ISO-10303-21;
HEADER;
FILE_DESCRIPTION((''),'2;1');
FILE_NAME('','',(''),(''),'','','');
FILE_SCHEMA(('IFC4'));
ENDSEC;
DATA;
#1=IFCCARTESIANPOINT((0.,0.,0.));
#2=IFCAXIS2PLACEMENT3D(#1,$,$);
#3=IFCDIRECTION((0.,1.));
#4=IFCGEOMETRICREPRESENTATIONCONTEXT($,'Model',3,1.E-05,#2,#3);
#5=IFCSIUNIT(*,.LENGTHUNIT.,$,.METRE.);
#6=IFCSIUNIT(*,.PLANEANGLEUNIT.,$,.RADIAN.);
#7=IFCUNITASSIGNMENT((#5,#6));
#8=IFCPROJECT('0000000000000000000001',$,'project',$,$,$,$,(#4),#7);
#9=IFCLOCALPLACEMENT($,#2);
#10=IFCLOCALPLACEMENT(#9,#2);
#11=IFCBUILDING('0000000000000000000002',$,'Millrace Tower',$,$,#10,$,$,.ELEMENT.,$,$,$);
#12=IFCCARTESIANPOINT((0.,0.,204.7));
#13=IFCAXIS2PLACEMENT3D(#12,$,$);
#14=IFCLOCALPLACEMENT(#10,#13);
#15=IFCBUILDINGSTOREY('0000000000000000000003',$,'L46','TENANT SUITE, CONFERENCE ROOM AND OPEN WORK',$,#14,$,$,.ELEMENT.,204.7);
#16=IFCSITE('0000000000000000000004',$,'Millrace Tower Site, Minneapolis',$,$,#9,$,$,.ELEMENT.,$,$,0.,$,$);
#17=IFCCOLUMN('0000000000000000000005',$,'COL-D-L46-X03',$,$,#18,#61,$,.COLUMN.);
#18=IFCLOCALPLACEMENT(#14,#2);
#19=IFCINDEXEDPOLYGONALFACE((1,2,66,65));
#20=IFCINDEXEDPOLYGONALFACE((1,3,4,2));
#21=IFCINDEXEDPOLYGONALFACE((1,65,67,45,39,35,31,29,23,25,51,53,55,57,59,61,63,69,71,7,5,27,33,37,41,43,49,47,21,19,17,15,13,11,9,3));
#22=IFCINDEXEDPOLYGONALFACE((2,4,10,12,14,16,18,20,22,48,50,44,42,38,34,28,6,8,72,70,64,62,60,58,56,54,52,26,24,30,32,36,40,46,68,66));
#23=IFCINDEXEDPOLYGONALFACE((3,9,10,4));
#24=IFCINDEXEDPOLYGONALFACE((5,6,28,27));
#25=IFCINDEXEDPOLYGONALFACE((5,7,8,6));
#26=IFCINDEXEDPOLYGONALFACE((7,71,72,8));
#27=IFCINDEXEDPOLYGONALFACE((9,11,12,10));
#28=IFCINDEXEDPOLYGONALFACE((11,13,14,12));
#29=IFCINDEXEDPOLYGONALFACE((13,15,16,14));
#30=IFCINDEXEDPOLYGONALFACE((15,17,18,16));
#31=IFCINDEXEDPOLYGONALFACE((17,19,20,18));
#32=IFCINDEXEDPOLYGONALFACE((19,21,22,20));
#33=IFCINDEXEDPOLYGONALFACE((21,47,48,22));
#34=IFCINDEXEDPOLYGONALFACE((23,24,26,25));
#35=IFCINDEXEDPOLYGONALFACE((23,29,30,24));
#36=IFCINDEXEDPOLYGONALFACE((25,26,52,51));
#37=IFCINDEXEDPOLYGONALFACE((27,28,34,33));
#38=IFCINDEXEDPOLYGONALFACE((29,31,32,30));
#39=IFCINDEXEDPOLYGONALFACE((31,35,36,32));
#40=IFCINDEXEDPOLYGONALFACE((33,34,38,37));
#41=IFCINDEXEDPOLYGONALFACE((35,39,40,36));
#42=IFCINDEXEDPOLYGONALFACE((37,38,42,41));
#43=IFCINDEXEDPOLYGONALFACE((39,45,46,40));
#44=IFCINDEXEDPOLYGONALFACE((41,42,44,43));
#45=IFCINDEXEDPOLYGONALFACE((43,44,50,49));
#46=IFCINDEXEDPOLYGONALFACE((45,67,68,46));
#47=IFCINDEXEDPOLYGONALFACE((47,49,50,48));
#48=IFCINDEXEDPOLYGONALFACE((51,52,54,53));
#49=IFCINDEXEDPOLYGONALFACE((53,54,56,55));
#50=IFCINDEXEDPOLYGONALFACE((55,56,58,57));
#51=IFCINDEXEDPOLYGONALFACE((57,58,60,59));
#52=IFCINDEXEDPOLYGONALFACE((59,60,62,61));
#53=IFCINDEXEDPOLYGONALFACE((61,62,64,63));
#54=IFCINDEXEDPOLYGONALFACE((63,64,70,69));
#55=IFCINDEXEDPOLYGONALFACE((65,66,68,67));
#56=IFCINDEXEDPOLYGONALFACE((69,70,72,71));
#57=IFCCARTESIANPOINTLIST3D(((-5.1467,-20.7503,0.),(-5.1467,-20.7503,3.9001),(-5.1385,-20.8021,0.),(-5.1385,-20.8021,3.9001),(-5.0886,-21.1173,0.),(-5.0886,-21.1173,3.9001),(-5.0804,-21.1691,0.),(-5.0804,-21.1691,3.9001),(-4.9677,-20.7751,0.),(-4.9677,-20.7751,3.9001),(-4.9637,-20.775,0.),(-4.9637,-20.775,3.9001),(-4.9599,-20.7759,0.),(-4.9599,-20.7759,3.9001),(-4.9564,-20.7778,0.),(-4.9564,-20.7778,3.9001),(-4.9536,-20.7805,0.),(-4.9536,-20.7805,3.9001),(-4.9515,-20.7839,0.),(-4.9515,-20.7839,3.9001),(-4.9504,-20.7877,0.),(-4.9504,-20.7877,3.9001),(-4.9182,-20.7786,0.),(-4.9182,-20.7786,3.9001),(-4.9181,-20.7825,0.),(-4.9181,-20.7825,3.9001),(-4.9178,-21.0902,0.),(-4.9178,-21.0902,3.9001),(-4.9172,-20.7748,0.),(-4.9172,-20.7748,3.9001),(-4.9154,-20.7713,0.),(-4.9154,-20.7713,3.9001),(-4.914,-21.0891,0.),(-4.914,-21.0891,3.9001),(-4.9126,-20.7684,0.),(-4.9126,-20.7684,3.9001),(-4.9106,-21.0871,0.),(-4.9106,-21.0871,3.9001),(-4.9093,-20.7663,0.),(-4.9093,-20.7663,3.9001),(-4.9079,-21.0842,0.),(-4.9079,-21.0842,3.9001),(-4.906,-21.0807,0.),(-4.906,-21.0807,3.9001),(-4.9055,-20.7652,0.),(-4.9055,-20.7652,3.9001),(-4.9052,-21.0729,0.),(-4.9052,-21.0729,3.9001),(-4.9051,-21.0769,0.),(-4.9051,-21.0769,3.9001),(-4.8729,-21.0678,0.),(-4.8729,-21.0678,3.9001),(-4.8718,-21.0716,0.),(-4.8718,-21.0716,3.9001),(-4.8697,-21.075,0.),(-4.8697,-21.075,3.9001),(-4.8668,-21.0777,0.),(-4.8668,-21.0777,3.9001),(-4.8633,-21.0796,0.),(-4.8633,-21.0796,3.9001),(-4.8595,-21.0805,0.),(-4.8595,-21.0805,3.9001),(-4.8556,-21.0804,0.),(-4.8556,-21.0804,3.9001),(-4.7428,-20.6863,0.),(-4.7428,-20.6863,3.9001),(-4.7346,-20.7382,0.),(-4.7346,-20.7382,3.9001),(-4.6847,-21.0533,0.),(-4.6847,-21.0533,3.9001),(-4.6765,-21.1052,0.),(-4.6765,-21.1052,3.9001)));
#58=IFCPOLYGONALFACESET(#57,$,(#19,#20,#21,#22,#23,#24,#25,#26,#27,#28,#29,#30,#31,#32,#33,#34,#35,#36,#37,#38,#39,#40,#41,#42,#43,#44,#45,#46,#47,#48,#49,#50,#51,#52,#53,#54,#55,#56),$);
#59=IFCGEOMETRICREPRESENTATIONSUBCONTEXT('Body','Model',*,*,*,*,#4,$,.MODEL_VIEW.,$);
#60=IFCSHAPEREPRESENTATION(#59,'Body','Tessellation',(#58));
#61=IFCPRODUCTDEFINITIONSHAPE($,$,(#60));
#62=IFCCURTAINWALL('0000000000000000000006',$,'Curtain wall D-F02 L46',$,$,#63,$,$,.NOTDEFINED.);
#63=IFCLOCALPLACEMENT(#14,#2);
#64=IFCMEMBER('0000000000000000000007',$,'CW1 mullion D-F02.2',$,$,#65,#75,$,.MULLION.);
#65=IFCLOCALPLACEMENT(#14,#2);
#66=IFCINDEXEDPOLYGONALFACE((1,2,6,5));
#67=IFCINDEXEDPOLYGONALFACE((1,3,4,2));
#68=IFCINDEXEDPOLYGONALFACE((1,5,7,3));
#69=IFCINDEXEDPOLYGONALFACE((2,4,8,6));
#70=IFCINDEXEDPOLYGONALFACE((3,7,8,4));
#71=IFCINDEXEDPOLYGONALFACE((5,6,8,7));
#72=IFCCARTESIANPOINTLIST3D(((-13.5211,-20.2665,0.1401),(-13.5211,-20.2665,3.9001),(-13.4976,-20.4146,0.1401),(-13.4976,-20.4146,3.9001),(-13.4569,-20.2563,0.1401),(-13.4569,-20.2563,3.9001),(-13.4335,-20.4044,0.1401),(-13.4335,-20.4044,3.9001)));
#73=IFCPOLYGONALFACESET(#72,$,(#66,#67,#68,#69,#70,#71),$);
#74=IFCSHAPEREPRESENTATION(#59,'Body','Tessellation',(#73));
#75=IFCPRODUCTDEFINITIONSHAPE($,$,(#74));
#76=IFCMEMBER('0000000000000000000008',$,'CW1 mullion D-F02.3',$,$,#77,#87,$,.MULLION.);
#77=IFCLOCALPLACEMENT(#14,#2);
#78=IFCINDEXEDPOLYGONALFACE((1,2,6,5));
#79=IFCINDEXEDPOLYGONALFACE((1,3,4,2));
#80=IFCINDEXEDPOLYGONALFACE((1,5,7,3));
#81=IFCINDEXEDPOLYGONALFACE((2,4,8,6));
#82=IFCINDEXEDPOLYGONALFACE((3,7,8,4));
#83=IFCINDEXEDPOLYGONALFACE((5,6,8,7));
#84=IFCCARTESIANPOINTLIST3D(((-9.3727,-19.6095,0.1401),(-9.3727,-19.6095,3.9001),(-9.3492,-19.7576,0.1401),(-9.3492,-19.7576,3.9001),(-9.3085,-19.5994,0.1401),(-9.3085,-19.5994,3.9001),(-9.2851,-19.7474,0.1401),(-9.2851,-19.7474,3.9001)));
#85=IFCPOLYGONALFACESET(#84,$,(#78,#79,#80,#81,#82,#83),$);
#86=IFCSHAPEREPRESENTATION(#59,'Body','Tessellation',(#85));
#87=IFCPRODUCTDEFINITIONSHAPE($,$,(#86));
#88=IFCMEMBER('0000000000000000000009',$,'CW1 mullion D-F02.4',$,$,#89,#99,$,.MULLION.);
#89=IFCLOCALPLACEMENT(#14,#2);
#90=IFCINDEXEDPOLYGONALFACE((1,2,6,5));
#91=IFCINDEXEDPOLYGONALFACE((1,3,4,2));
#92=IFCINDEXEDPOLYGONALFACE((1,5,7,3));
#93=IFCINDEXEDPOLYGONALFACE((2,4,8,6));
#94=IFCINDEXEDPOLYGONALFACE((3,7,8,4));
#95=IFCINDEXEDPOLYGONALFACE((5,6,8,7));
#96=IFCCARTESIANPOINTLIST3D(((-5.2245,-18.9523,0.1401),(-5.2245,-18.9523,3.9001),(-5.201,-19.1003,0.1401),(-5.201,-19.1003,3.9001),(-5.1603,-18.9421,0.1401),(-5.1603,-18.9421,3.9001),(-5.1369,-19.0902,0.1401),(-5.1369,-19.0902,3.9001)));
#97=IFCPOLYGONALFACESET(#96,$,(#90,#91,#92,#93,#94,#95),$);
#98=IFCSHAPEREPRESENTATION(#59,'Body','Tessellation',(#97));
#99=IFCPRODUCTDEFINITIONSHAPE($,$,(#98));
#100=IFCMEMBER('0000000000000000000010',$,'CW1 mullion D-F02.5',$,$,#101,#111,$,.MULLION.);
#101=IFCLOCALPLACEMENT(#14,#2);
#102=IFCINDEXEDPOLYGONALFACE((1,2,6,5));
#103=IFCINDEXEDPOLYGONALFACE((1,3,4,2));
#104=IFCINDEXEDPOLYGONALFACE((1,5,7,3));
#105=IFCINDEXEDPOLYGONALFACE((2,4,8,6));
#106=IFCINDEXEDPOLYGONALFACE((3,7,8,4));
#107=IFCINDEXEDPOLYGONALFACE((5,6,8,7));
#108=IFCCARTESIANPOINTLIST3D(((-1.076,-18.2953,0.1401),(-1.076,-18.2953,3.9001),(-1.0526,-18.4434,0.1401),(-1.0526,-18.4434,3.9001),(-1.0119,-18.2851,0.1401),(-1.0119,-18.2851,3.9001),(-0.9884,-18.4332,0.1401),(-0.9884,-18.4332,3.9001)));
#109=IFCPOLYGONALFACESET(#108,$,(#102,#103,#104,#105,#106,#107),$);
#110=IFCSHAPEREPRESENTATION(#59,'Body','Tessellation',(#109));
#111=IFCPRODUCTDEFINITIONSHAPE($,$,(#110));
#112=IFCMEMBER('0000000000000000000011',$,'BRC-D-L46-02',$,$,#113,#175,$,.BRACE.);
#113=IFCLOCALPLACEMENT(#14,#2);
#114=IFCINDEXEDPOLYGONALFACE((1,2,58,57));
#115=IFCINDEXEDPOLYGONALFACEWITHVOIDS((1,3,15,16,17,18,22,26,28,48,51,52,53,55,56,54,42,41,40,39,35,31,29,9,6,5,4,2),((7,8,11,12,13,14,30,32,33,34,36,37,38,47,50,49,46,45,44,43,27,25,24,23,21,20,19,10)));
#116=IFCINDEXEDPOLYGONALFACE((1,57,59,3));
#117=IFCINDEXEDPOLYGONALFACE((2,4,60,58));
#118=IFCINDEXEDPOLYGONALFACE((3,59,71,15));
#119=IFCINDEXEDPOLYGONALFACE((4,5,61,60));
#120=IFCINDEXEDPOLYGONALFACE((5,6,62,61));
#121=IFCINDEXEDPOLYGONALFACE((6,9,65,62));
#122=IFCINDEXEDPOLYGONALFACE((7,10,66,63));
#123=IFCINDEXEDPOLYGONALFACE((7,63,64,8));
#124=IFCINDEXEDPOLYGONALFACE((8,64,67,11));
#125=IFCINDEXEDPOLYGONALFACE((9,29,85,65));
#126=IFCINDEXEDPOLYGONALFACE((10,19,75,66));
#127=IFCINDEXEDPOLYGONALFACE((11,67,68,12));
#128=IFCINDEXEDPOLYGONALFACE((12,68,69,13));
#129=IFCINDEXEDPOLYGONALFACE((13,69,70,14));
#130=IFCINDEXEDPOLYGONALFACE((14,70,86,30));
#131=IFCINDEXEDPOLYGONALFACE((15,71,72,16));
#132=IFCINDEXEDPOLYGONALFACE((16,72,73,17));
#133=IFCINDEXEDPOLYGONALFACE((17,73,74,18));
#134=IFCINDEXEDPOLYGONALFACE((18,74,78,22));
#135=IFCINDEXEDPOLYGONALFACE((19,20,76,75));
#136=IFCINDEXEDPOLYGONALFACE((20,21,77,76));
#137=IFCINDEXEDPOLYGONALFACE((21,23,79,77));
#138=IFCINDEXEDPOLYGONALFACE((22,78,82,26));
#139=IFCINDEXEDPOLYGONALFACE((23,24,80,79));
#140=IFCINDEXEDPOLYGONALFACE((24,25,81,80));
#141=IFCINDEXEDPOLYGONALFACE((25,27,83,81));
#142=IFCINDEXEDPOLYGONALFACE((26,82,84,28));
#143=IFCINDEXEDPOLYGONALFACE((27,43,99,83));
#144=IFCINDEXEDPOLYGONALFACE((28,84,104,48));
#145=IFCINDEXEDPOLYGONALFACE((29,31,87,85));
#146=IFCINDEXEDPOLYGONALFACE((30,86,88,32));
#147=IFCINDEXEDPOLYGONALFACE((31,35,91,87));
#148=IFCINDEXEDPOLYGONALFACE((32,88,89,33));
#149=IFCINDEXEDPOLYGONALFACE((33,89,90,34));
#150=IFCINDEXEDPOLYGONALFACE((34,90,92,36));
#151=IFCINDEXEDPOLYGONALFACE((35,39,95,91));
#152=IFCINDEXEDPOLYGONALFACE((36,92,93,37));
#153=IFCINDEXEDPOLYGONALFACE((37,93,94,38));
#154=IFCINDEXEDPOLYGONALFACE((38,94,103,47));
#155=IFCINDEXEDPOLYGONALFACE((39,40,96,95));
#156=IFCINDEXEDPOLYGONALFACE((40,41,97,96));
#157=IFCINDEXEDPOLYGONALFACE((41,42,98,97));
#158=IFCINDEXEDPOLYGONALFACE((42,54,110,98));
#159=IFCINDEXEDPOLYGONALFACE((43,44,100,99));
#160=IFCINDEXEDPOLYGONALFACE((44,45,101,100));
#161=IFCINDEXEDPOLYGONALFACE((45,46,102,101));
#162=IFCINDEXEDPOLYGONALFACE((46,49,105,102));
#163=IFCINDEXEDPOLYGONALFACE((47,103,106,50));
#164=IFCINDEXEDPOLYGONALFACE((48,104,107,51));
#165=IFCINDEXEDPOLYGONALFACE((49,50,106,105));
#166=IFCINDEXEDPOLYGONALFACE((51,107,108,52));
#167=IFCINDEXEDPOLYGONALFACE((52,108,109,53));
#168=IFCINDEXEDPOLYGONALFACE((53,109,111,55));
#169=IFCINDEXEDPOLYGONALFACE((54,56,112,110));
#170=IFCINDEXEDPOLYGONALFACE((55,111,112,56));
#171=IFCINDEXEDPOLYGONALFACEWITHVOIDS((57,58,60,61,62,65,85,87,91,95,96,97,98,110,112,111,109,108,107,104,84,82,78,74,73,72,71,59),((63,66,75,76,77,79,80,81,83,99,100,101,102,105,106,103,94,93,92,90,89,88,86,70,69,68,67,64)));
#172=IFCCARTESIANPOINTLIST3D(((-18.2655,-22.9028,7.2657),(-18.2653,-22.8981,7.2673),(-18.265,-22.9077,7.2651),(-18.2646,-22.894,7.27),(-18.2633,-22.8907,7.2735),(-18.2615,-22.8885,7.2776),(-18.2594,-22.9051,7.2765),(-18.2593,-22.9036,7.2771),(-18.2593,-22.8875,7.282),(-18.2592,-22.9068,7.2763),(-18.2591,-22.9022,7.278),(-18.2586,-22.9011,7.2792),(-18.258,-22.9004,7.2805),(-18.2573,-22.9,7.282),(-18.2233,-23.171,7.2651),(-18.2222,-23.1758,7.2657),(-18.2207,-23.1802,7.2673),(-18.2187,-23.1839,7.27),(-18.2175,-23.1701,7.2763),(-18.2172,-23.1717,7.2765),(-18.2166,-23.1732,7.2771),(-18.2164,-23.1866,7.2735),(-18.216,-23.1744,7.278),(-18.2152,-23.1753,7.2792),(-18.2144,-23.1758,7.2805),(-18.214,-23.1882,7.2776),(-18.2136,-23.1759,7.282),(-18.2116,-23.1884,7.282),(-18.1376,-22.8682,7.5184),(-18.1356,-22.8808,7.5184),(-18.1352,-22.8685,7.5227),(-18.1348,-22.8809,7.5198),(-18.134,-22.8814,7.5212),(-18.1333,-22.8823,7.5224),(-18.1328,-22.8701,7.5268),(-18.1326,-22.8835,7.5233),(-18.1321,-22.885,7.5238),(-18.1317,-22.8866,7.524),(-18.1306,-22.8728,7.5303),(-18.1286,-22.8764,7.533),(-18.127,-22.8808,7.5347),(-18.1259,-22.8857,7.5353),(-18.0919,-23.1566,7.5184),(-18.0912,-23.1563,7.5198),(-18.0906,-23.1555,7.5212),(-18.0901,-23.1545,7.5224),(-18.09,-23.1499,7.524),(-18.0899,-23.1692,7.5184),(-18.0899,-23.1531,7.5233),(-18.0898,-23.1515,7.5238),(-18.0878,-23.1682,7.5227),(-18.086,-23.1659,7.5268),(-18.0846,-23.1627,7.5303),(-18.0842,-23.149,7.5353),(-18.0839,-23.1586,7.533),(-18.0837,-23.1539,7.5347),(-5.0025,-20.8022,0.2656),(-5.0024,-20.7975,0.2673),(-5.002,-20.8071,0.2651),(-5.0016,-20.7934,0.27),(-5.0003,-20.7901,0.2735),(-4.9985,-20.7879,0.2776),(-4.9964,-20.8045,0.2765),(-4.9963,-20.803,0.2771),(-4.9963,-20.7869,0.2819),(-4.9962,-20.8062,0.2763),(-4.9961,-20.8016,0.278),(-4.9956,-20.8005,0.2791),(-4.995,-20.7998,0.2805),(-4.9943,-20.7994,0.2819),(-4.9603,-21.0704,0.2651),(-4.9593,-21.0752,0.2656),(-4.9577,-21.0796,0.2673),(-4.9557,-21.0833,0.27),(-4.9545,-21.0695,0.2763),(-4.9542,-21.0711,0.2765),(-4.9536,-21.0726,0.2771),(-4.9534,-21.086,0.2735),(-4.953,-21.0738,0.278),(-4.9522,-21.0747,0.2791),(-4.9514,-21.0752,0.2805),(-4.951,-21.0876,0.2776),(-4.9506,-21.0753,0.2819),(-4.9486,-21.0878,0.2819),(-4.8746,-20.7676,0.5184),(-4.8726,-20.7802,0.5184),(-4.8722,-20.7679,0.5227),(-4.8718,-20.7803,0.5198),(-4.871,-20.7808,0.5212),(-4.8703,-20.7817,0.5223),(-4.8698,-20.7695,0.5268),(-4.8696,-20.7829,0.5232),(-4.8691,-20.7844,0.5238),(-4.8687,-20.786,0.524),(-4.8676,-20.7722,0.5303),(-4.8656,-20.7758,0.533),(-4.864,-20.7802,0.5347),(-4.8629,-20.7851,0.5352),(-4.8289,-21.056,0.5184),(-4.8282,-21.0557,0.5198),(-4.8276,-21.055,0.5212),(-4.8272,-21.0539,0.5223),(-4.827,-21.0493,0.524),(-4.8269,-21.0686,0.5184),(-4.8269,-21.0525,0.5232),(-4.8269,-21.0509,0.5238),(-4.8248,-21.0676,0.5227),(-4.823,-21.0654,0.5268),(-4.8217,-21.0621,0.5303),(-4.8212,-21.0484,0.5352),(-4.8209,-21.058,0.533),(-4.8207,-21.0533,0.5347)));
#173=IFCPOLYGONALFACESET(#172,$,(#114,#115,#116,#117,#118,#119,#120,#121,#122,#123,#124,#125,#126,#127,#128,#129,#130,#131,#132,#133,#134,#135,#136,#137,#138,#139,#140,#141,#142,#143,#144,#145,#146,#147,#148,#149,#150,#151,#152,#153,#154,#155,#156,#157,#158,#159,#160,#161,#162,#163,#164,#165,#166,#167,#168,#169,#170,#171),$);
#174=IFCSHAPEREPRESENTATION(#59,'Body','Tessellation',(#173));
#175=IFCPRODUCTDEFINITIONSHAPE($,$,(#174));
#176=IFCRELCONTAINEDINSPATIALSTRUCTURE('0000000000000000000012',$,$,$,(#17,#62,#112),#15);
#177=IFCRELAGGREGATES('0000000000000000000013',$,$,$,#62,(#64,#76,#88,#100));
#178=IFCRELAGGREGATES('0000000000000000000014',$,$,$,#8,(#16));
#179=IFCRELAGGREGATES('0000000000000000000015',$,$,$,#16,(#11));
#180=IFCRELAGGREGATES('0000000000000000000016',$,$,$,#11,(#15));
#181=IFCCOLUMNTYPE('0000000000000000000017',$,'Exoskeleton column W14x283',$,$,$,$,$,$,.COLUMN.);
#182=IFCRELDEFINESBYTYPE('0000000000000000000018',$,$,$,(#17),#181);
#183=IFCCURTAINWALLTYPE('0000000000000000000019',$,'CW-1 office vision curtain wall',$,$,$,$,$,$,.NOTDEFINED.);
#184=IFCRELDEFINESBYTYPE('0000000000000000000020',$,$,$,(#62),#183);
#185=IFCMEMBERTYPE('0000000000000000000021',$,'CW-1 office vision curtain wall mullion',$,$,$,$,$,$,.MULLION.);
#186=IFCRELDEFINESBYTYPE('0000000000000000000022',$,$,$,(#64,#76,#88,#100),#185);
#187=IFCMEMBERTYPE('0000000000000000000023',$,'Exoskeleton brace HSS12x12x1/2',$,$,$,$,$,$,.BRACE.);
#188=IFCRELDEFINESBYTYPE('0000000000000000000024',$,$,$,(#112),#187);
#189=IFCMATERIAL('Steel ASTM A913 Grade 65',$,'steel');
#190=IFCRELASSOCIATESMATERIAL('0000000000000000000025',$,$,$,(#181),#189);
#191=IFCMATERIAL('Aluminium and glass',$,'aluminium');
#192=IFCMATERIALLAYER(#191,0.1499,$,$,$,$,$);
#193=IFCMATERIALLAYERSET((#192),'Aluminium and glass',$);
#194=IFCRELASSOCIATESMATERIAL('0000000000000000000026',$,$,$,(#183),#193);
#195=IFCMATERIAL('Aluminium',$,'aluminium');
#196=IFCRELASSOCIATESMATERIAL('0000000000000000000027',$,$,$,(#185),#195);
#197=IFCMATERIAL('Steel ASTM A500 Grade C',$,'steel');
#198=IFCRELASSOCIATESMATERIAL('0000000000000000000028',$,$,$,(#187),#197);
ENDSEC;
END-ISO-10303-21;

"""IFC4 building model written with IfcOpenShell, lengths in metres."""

from ifc_helpers import new_model, si_unit, direction, frame, origin, origin_2d, place, context, subcontext, project, spatial, rectangle, hollow_rectangle, i_section, extrude, material, layer, layer_set, material_profile, profile_set, type_object, element, aggregate, save


model = new_model("IFC4")

# Units and contexts
model_context = context("Model", 3, precision=1e-05, world=origin(), true_north=direction((0.0, 1.0)))
body_context = subcontext(model_context, "Body", "Model", "MODEL_VIEW")
ifc_project = project(units=[si_unit("LENGTHUNIT", "METRE"), si_unit("PLANEANGLEUNIT", "RADIAN")], contexts=[model_context])

# Site, building, storey
site_placement = place(None, origin())
site = spatial("IfcSite", under=ifc_project, at=site_placement, Name="Millrace Tower Site, Minneapolis", CompositionType="ELEMENT", RefElevation=0.0)
building_placement = place(site_placement, origin())
building = spatial("IfcBuilding", under=site, at=building_placement, Name="Millrace Tower", CompositionType="ELEMENT")
storey_placement = place(building_placement, frame((0.0, 0.0, 204.7)))
storey = spatial("IfcBuildingStorey", under=building, at=storey_placement, Name="L46", Description="TENANT SUITE, CONFERENCE ROOM AND OPEN WORK", CompositionType="ELEMENT", Elevation=204.7)

# Column
ifc_material_1 = material(Name="Steel ASTM A913 Grade 65", Category="steel")
ifc_material_profile_1 = material_profile(ifc_material_1, i_section(OverallWidth=0.4089, OverallDepth=0.4241, WebThickness=0.0327, FlangeThickness=0.0525, FilletRadius=0.0151, at=origin_2d()))
ifc_profile_set_1 = profile_set([ifc_material_profile_1], Name="Steel ASTM A913 Grade 65")
column_type = type_object("IfcColumnType", Name="Exoskeleton column W14x283", PredefinedType="COLUMN", material=ifc_profile_set_1)
column_placement = place(storey_placement, frame((-4.9116, -20.9277, 0.0), z_axis=(0.0, 0.0, 1.0), x_axis=(0.987688, 0.156434, 0.0)))
element("IfcColumn", 1, at=column_placement, inside=storey, type_object=column_type, Name="COL-D-L46-X03", PredefinedType="COLUMN", context=body_context, shape_type="SweptSolid", body=[
    extrude(i_section(OverallWidth=0.4089, OverallDepth=0.4241, WebThickness=0.0327, FlangeThickness=0.0525, FilletRadius=0.0151, at=origin_2d()), origin(), (0.0, 0.0, 1.0), 3.9001),
])

# Curtain wall, members
ifc_material_2 = material(Name="Aluminium and glass", Category="aluminium")
ifc_layer_1 = layer(ifc_material_2, 0.1499)
ifc_layer_set_1 = layer_set([ifc_layer_1], Name="Aluminium and glass")
curtain_wall_type = type_object("IfcCurtainWallType", Name="CW-1 office vision curtain wall", PredefinedType="NOTDEFINED", material=ifc_layer_set_1)
curtain_wall_placement = place(storey_placement, origin())
curtain_wall = element("IfcCurtainWall", 2, at=curtain_wall_placement, inside=storey, type_object=curtain_wall_type, Name="Curtain wall D-F02 L46", PredefinedType="NOTDEFINED")
ifc_material_3 = material(Name="Aluminium", Category="aluminium")
ifc_material_profile_2 = material_profile(ifc_material_3, rectangle(XDim=0.0649, YDim=0.1499, at=origin_2d()))
ifc_profile_set_2 = profile_set([ifc_material_profile_2], Name="Aluminium")
member_type_1 = type_object("IfcMemberType", Name="CW-1 office vision curtain wall mullion", PredefinedType="MULLION", material=ifc_profile_set_2)
member_1_placement = place(storey_placement, frame((-13.4773, -20.3354, 0.1401), z_axis=(0.0, 0.0, 1.0), x_axis=(0.987688, 0.156434, 0.0)))
member_1 = element("IfcMember", 3, at=member_1_placement, type_object=member_type_1, Name="CW1 mullion D-F02.2", PredefinedType="MULLION", context=body_context, shape_type="SweptSolid", body=[
    extrude(rectangle(XDim=0.0649, YDim=0.1499, at=origin_2d()), origin(), (0.0, 0.0, 1.0), 3.76),
])
member_2_placement = place(storey_placement, frame((-9.3289, -19.6785, 0.1401), z_axis=(0.0, 0.0, 1.0), x_axis=(0.987688, 0.156434, 0.0)))
member_2 = element("IfcMember", 4, at=member_2_placement, type_object=member_type_1, Name="CW1 mullion D-F02.3", PredefinedType="MULLION", context=body_context, shape_type="SweptSolid", body=[
    extrude(rectangle(XDim=0.0649, YDim=0.1499, at=origin_2d()), origin(), (0.0, 0.0, 1.0), 3.76),
])
member_3_placement = place(storey_placement, frame((-5.1807, -19.0212, 0.1401), z_axis=(0.0, 0.0, 1.0), x_axis=(0.987688, 0.156434, 0.0)))
member_3 = element("IfcMember", 5, at=member_3_placement, type_object=member_type_1, Name="CW1 mullion D-F02.4", PredefinedType="MULLION", context=body_context, shape_type="SweptSolid", body=[
    extrude(rectangle(XDim=0.0649, YDim=0.1499, at=origin_2d()), origin(), (0.0, 0.0, 1.0), 3.76),
])
member_4_placement = place(storey_placement, frame((-1.0322, -18.3643, 0.1401), z_axis=(0.0, 0.0, 1.0), x_axis=(0.987688, 0.156434, 0.0)))
member_4 = element("IfcMember", 6, at=member_4_placement, type_object=member_type_1, Name="CW1 mullion D-F02.5", PredefinedType="MULLION", context=body_context, shape_type="SweptSolid", body=[
    extrude(rectangle(XDim=0.0649, YDim=0.1499, at=origin_2d()), origin(), (0.0, 0.0, 1.0), 3.76),
])
aggregate(curtain_wall, [member_1, member_2, member_3, member_4])

# Member
ifc_material_4 = material(Name="Steel ASTM A500 Grade C", Category="steel")
ifc_material_profile_3 = material_profile(ifc_material_4, hollow_rectangle(XDim=0.3047, YDim=0.3047, WallThickness=0.0127, InnerFilletRadius=0.0063, OuterFilletRadius=0.019, at=origin_2d()))
ifc_profile_set_3 = profile_set([ifc_material_profile_3], Name="Steel ASTM A500 Grade C")
member_type_2 = type_object("IfcMemberType", Name="Exoskeleton brace HSS12x12x1/2", PredefinedType="BRACE", material=ifc_profile_set_3)
member_5_placement = place(storey_placement, frame((-4.9116, -20.9277, 0.4001), z_axis=(-0.875832, -0.138714, 0.462252), x_axis=(0.15643, -0.987689, 0.0)))
element("IfcMember", 7, at=member_5_placement, inside=storey, type_object=member_type_2, Name="BRC-D-L46-02", PredefinedType="BRACE", context=body_context, shape_type="SweptSolid", body=[
    extrude(hollow_rectangle(XDim=0.3047, YDim=0.3047, WallThickness=0.0127, InnerFilletRadius=0.0063, OuterFilletRadius=0.019, at=origin_2d()), origin(), (0.0, 0.0, 1.0), 15.1433),
])

save(model, "model.ifc")
